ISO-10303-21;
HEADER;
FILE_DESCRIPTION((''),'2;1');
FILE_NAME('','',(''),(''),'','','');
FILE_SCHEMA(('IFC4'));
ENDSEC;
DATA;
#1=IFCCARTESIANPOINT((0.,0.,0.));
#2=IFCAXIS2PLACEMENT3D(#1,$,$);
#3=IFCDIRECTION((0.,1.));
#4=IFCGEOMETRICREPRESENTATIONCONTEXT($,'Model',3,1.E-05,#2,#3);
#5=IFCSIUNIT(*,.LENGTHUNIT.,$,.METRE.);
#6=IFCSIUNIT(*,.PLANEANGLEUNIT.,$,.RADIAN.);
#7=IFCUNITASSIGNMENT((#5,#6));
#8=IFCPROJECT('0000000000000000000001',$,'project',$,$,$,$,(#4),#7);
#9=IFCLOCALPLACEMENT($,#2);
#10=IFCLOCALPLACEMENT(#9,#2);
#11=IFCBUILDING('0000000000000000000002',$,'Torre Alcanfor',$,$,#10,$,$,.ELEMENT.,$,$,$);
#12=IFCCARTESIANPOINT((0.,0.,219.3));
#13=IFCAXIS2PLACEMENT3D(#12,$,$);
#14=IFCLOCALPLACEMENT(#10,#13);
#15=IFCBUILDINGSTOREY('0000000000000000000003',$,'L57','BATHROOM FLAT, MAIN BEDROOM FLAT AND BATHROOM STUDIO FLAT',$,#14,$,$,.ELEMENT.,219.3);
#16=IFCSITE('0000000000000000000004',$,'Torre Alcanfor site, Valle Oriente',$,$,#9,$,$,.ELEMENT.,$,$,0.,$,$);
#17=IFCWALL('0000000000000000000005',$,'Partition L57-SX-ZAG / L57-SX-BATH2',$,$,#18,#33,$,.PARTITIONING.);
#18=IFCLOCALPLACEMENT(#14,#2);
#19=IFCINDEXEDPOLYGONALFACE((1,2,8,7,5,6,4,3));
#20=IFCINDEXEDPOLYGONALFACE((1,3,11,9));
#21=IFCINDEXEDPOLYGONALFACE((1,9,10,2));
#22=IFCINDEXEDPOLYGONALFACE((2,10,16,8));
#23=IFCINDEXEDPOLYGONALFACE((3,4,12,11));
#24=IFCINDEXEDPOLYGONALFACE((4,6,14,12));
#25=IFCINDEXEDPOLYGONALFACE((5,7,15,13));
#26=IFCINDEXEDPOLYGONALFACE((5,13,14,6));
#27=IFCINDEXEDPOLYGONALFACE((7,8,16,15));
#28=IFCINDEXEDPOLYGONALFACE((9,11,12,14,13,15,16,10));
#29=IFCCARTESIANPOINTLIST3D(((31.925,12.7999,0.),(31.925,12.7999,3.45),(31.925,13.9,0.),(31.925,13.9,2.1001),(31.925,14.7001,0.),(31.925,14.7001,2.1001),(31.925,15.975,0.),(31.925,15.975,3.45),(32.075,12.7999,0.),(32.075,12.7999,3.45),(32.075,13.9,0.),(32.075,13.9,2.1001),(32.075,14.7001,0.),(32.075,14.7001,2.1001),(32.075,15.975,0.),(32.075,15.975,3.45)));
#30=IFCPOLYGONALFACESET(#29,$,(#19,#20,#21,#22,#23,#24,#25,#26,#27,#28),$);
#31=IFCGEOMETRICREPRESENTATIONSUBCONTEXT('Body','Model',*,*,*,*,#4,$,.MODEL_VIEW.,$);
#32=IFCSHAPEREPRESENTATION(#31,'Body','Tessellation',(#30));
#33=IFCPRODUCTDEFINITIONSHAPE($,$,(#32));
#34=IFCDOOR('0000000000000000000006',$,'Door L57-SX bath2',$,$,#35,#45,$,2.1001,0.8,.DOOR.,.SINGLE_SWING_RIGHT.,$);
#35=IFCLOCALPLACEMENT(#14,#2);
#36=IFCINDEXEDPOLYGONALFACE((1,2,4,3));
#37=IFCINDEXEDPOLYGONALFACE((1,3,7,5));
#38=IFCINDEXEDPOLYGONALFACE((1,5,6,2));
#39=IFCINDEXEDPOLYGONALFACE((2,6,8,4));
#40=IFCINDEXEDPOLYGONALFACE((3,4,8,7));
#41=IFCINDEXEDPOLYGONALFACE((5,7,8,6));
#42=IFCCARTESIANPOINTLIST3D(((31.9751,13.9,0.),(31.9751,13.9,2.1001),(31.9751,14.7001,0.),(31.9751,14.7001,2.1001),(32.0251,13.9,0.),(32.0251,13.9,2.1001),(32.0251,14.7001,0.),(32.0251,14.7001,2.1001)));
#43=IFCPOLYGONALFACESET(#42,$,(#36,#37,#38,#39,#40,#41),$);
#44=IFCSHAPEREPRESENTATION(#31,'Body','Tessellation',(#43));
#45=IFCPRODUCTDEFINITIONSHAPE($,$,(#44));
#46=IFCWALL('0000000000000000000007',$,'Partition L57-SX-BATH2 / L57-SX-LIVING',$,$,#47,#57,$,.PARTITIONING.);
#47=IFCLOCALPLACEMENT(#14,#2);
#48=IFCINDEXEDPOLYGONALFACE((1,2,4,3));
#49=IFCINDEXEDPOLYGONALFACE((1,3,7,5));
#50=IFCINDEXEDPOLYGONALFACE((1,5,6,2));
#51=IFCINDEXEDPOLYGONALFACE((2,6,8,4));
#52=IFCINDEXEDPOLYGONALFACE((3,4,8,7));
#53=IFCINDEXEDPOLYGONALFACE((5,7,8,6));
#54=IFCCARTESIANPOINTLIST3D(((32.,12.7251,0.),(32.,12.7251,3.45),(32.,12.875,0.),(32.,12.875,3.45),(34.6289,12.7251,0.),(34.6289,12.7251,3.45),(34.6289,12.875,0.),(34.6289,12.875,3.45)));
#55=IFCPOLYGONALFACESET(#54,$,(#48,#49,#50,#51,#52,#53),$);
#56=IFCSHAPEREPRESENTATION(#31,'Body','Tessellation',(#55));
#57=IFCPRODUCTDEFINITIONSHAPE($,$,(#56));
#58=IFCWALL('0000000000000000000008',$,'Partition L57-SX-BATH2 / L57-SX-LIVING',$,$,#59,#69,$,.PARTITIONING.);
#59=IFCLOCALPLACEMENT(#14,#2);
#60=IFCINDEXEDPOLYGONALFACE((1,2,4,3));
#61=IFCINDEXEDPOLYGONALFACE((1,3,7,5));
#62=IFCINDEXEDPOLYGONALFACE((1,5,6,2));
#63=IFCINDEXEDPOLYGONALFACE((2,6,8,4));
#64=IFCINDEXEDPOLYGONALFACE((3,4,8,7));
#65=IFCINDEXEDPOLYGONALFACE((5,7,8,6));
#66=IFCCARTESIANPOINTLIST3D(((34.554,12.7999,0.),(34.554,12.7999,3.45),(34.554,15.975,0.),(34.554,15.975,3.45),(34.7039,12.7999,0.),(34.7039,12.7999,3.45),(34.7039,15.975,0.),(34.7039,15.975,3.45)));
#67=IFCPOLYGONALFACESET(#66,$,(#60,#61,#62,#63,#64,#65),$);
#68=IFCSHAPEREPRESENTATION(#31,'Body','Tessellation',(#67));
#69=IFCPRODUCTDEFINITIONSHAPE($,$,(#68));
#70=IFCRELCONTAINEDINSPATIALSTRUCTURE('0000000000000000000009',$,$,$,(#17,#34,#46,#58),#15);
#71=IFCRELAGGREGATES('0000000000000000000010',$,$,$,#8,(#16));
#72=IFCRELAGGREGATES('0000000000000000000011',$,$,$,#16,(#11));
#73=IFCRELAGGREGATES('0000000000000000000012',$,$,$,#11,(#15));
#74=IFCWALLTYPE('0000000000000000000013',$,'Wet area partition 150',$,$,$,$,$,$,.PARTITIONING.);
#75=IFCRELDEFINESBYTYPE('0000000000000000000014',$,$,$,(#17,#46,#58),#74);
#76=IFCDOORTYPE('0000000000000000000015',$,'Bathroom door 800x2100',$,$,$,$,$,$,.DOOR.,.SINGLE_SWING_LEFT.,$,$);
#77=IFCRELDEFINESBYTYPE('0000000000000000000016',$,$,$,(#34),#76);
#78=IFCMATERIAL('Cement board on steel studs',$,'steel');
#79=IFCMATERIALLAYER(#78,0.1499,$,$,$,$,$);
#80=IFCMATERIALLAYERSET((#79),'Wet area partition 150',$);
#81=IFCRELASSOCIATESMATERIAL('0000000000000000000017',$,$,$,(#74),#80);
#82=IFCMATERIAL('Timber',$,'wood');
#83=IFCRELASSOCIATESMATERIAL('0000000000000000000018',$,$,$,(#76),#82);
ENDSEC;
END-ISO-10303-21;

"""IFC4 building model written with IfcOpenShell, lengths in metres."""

from ifc_helpers import new_model, si_unit, direction, frame, frame_2d, origin, place, context, subcontext, project, spatial, rectangle, extrude, material, layer, layer_set, type_object, element, fill, save


model = new_model("IFC4")

# Units and contexts
model_context = context("Model", 3, precision=1e-05, world=origin(), true_north=direction((0.0, 1.0)))
body_context = subcontext(model_context, "Body", "Model", "MODEL_VIEW")
ifc_project = project(units=[si_unit("LENGTHUNIT", "METRE"), si_unit("PLANEANGLEUNIT", "RADIAN")], contexts=[model_context])

# Site, building, storey
site_placement = place(None, origin())
site = spatial("IfcSite", under=ifc_project, at=site_placement, Name="Torre Alcanfor site, Valle Oriente", CompositionType="ELEMENT", RefElevation=0.0)
building_placement = place(site_placement, origin())
building = spatial("IfcBuilding", under=site, at=building_placement, Name="Torre Alcanfor", CompositionType="ELEMENT")
storey_placement = place(building_placement, frame((0.0, 0.0, 219.3)))
storey = spatial("IfcBuildingStorey", under=building, at=storey_placement, Name="L57", Description="BATHROOM FLAT, MAIN BEDROOM FLAT AND BATHROOM STUDIO FLAT", CompositionType="ELEMENT", Elevation=219.3)

# Wall, opening, door
ifc_material_1 = material(Name="Cement board on steel studs", Category="steel")
ifc_layer_1 = layer(ifc_material_1, 0.1499)
ifc_layer_set_1 = layer_set([ifc_layer_1], Name="Wet area partition 150")
wall_type_1 = type_object("IfcWallType", Name="Wet area partition 150", PredefinedType="PARTITIONING", material=ifc_layer_set_1)
wall_1_placement = place(storey_placement, frame((32.0, 12.8, 0.0), z_axis=(0.0, 0.0, 1.0), x_axis=(0.0, 1.0, 0.0)))
wall_1 = element("IfcWall", 1, at=wall_1_placement, inside=storey, type_object=wall_type_1, Name="Partition L57-SX-ZAG / L57-SX-BATH2", PredefinedType="PARTITIONING", context=body_context, shape_type="SweptSolid", body=[
    extrude(rectangle(XDim=3.175, YDim=0.1499, at=frame_2d((1.5874, 0.0))), origin(), (0.0, 0.0, 1.0), 3.45),
])
opening_1_placement = place(wall_1_placement, frame((1.1001, 0.0, 0.0)))
opening_1 = element("IfcOpeningElement", 2, at=opening_1_placement, cuts=wall_1, PredefinedType="OPENING", context=body_context, shape_type="SweptSolid", body=[
    extrude(rectangle(XDim=0.8, YDim=2.1001, at=frame_2d((0.3999, 1.05))), frame((0.0, 0.085, 0.0), z_axis=(0.0, -1.0, 0.0), x_axis=(1.0, 0.0, 0.0)), (0.0, 0.0, 1.0), 0.1699),
])
ifc_material_2 = material(Name="Timber", Category="wood")
door_type_1 = type_object("IfcDoorType", Name="Bathroom door 800x2100", OperationType="SINGLE_SWING_LEFT", PredefinedType="DOOR", material=ifc_material_2)
door_1_placement = place(opening_1_placement, frame((0.8, 0.0, 0.0), z_axis=(0.0, 0.0, 1.0), x_axis=(-1.0, 0.0, 0.0)))
door_1 = element("IfcDoor", 3, at=door_1_placement, inside=storey, type_object=door_type_1, Name="Door L57-SX bath2", OperationType="SINGLE_SWING_RIGHT", OverallHeight=2.1001, OverallWidth=0.8, PredefinedType="DOOR", context=body_context, shape_type="SweptSolid", body=[
    extrude(rectangle(XDim=0.8, YDim=2.1001, at=frame_2d((0.4001, 1.05))), frame((0.0, 0.0251, 0.0), z_axis=(0.0, -1.0, 0.0), x_axis=(1.0, 0.0, 0.0)), (0.0, 0.0, 1.0), 0.05),
])
fill(opening_1, door_1)

# Walls
wall_2_placement = place(storey_placement, frame((32.0, 12.8, 0.0), z_axis=(0.0, 0.0, 1.0), x_axis=(1.0, 0.0, 0.0)))
element("IfcWall", 4, at=wall_2_placement, inside=storey, type_object=wall_type_1, Name="Partition L57-SX-BATH2 / L57-SX-LIVING", PredefinedType="PARTITIONING", context=body_context, shape_type="SweptSolid", body=[
    extrude(rectangle(XDim=2.6289, YDim=0.1499, at=frame_2d((1.3145, 0.0))), origin(), (0.0, 0.0, 1.0), 3.45),
])
wall_3_placement = place(storey_placement, frame((34.6289, 12.8, 0.0), z_axis=(0.0, 0.0, 1.0), x_axis=(0.0, 1.0, 0.0)))
element("IfcWall", 5, at=wall_3_placement, inside=storey, type_object=wall_type_1, Name="Partition L57-SX-BATH2 / L57-SX-LIVING", PredefinedType="PARTITIONING", context=body_context, shape_type="SweptSolid", body=[
    extrude(rectangle(XDim=3.175, YDim=0.1499, at=frame_2d((1.5874, 0.0))), origin(), (0.0, 0.0, 1.0), 3.45),
])

save(model, "model.ifc")
